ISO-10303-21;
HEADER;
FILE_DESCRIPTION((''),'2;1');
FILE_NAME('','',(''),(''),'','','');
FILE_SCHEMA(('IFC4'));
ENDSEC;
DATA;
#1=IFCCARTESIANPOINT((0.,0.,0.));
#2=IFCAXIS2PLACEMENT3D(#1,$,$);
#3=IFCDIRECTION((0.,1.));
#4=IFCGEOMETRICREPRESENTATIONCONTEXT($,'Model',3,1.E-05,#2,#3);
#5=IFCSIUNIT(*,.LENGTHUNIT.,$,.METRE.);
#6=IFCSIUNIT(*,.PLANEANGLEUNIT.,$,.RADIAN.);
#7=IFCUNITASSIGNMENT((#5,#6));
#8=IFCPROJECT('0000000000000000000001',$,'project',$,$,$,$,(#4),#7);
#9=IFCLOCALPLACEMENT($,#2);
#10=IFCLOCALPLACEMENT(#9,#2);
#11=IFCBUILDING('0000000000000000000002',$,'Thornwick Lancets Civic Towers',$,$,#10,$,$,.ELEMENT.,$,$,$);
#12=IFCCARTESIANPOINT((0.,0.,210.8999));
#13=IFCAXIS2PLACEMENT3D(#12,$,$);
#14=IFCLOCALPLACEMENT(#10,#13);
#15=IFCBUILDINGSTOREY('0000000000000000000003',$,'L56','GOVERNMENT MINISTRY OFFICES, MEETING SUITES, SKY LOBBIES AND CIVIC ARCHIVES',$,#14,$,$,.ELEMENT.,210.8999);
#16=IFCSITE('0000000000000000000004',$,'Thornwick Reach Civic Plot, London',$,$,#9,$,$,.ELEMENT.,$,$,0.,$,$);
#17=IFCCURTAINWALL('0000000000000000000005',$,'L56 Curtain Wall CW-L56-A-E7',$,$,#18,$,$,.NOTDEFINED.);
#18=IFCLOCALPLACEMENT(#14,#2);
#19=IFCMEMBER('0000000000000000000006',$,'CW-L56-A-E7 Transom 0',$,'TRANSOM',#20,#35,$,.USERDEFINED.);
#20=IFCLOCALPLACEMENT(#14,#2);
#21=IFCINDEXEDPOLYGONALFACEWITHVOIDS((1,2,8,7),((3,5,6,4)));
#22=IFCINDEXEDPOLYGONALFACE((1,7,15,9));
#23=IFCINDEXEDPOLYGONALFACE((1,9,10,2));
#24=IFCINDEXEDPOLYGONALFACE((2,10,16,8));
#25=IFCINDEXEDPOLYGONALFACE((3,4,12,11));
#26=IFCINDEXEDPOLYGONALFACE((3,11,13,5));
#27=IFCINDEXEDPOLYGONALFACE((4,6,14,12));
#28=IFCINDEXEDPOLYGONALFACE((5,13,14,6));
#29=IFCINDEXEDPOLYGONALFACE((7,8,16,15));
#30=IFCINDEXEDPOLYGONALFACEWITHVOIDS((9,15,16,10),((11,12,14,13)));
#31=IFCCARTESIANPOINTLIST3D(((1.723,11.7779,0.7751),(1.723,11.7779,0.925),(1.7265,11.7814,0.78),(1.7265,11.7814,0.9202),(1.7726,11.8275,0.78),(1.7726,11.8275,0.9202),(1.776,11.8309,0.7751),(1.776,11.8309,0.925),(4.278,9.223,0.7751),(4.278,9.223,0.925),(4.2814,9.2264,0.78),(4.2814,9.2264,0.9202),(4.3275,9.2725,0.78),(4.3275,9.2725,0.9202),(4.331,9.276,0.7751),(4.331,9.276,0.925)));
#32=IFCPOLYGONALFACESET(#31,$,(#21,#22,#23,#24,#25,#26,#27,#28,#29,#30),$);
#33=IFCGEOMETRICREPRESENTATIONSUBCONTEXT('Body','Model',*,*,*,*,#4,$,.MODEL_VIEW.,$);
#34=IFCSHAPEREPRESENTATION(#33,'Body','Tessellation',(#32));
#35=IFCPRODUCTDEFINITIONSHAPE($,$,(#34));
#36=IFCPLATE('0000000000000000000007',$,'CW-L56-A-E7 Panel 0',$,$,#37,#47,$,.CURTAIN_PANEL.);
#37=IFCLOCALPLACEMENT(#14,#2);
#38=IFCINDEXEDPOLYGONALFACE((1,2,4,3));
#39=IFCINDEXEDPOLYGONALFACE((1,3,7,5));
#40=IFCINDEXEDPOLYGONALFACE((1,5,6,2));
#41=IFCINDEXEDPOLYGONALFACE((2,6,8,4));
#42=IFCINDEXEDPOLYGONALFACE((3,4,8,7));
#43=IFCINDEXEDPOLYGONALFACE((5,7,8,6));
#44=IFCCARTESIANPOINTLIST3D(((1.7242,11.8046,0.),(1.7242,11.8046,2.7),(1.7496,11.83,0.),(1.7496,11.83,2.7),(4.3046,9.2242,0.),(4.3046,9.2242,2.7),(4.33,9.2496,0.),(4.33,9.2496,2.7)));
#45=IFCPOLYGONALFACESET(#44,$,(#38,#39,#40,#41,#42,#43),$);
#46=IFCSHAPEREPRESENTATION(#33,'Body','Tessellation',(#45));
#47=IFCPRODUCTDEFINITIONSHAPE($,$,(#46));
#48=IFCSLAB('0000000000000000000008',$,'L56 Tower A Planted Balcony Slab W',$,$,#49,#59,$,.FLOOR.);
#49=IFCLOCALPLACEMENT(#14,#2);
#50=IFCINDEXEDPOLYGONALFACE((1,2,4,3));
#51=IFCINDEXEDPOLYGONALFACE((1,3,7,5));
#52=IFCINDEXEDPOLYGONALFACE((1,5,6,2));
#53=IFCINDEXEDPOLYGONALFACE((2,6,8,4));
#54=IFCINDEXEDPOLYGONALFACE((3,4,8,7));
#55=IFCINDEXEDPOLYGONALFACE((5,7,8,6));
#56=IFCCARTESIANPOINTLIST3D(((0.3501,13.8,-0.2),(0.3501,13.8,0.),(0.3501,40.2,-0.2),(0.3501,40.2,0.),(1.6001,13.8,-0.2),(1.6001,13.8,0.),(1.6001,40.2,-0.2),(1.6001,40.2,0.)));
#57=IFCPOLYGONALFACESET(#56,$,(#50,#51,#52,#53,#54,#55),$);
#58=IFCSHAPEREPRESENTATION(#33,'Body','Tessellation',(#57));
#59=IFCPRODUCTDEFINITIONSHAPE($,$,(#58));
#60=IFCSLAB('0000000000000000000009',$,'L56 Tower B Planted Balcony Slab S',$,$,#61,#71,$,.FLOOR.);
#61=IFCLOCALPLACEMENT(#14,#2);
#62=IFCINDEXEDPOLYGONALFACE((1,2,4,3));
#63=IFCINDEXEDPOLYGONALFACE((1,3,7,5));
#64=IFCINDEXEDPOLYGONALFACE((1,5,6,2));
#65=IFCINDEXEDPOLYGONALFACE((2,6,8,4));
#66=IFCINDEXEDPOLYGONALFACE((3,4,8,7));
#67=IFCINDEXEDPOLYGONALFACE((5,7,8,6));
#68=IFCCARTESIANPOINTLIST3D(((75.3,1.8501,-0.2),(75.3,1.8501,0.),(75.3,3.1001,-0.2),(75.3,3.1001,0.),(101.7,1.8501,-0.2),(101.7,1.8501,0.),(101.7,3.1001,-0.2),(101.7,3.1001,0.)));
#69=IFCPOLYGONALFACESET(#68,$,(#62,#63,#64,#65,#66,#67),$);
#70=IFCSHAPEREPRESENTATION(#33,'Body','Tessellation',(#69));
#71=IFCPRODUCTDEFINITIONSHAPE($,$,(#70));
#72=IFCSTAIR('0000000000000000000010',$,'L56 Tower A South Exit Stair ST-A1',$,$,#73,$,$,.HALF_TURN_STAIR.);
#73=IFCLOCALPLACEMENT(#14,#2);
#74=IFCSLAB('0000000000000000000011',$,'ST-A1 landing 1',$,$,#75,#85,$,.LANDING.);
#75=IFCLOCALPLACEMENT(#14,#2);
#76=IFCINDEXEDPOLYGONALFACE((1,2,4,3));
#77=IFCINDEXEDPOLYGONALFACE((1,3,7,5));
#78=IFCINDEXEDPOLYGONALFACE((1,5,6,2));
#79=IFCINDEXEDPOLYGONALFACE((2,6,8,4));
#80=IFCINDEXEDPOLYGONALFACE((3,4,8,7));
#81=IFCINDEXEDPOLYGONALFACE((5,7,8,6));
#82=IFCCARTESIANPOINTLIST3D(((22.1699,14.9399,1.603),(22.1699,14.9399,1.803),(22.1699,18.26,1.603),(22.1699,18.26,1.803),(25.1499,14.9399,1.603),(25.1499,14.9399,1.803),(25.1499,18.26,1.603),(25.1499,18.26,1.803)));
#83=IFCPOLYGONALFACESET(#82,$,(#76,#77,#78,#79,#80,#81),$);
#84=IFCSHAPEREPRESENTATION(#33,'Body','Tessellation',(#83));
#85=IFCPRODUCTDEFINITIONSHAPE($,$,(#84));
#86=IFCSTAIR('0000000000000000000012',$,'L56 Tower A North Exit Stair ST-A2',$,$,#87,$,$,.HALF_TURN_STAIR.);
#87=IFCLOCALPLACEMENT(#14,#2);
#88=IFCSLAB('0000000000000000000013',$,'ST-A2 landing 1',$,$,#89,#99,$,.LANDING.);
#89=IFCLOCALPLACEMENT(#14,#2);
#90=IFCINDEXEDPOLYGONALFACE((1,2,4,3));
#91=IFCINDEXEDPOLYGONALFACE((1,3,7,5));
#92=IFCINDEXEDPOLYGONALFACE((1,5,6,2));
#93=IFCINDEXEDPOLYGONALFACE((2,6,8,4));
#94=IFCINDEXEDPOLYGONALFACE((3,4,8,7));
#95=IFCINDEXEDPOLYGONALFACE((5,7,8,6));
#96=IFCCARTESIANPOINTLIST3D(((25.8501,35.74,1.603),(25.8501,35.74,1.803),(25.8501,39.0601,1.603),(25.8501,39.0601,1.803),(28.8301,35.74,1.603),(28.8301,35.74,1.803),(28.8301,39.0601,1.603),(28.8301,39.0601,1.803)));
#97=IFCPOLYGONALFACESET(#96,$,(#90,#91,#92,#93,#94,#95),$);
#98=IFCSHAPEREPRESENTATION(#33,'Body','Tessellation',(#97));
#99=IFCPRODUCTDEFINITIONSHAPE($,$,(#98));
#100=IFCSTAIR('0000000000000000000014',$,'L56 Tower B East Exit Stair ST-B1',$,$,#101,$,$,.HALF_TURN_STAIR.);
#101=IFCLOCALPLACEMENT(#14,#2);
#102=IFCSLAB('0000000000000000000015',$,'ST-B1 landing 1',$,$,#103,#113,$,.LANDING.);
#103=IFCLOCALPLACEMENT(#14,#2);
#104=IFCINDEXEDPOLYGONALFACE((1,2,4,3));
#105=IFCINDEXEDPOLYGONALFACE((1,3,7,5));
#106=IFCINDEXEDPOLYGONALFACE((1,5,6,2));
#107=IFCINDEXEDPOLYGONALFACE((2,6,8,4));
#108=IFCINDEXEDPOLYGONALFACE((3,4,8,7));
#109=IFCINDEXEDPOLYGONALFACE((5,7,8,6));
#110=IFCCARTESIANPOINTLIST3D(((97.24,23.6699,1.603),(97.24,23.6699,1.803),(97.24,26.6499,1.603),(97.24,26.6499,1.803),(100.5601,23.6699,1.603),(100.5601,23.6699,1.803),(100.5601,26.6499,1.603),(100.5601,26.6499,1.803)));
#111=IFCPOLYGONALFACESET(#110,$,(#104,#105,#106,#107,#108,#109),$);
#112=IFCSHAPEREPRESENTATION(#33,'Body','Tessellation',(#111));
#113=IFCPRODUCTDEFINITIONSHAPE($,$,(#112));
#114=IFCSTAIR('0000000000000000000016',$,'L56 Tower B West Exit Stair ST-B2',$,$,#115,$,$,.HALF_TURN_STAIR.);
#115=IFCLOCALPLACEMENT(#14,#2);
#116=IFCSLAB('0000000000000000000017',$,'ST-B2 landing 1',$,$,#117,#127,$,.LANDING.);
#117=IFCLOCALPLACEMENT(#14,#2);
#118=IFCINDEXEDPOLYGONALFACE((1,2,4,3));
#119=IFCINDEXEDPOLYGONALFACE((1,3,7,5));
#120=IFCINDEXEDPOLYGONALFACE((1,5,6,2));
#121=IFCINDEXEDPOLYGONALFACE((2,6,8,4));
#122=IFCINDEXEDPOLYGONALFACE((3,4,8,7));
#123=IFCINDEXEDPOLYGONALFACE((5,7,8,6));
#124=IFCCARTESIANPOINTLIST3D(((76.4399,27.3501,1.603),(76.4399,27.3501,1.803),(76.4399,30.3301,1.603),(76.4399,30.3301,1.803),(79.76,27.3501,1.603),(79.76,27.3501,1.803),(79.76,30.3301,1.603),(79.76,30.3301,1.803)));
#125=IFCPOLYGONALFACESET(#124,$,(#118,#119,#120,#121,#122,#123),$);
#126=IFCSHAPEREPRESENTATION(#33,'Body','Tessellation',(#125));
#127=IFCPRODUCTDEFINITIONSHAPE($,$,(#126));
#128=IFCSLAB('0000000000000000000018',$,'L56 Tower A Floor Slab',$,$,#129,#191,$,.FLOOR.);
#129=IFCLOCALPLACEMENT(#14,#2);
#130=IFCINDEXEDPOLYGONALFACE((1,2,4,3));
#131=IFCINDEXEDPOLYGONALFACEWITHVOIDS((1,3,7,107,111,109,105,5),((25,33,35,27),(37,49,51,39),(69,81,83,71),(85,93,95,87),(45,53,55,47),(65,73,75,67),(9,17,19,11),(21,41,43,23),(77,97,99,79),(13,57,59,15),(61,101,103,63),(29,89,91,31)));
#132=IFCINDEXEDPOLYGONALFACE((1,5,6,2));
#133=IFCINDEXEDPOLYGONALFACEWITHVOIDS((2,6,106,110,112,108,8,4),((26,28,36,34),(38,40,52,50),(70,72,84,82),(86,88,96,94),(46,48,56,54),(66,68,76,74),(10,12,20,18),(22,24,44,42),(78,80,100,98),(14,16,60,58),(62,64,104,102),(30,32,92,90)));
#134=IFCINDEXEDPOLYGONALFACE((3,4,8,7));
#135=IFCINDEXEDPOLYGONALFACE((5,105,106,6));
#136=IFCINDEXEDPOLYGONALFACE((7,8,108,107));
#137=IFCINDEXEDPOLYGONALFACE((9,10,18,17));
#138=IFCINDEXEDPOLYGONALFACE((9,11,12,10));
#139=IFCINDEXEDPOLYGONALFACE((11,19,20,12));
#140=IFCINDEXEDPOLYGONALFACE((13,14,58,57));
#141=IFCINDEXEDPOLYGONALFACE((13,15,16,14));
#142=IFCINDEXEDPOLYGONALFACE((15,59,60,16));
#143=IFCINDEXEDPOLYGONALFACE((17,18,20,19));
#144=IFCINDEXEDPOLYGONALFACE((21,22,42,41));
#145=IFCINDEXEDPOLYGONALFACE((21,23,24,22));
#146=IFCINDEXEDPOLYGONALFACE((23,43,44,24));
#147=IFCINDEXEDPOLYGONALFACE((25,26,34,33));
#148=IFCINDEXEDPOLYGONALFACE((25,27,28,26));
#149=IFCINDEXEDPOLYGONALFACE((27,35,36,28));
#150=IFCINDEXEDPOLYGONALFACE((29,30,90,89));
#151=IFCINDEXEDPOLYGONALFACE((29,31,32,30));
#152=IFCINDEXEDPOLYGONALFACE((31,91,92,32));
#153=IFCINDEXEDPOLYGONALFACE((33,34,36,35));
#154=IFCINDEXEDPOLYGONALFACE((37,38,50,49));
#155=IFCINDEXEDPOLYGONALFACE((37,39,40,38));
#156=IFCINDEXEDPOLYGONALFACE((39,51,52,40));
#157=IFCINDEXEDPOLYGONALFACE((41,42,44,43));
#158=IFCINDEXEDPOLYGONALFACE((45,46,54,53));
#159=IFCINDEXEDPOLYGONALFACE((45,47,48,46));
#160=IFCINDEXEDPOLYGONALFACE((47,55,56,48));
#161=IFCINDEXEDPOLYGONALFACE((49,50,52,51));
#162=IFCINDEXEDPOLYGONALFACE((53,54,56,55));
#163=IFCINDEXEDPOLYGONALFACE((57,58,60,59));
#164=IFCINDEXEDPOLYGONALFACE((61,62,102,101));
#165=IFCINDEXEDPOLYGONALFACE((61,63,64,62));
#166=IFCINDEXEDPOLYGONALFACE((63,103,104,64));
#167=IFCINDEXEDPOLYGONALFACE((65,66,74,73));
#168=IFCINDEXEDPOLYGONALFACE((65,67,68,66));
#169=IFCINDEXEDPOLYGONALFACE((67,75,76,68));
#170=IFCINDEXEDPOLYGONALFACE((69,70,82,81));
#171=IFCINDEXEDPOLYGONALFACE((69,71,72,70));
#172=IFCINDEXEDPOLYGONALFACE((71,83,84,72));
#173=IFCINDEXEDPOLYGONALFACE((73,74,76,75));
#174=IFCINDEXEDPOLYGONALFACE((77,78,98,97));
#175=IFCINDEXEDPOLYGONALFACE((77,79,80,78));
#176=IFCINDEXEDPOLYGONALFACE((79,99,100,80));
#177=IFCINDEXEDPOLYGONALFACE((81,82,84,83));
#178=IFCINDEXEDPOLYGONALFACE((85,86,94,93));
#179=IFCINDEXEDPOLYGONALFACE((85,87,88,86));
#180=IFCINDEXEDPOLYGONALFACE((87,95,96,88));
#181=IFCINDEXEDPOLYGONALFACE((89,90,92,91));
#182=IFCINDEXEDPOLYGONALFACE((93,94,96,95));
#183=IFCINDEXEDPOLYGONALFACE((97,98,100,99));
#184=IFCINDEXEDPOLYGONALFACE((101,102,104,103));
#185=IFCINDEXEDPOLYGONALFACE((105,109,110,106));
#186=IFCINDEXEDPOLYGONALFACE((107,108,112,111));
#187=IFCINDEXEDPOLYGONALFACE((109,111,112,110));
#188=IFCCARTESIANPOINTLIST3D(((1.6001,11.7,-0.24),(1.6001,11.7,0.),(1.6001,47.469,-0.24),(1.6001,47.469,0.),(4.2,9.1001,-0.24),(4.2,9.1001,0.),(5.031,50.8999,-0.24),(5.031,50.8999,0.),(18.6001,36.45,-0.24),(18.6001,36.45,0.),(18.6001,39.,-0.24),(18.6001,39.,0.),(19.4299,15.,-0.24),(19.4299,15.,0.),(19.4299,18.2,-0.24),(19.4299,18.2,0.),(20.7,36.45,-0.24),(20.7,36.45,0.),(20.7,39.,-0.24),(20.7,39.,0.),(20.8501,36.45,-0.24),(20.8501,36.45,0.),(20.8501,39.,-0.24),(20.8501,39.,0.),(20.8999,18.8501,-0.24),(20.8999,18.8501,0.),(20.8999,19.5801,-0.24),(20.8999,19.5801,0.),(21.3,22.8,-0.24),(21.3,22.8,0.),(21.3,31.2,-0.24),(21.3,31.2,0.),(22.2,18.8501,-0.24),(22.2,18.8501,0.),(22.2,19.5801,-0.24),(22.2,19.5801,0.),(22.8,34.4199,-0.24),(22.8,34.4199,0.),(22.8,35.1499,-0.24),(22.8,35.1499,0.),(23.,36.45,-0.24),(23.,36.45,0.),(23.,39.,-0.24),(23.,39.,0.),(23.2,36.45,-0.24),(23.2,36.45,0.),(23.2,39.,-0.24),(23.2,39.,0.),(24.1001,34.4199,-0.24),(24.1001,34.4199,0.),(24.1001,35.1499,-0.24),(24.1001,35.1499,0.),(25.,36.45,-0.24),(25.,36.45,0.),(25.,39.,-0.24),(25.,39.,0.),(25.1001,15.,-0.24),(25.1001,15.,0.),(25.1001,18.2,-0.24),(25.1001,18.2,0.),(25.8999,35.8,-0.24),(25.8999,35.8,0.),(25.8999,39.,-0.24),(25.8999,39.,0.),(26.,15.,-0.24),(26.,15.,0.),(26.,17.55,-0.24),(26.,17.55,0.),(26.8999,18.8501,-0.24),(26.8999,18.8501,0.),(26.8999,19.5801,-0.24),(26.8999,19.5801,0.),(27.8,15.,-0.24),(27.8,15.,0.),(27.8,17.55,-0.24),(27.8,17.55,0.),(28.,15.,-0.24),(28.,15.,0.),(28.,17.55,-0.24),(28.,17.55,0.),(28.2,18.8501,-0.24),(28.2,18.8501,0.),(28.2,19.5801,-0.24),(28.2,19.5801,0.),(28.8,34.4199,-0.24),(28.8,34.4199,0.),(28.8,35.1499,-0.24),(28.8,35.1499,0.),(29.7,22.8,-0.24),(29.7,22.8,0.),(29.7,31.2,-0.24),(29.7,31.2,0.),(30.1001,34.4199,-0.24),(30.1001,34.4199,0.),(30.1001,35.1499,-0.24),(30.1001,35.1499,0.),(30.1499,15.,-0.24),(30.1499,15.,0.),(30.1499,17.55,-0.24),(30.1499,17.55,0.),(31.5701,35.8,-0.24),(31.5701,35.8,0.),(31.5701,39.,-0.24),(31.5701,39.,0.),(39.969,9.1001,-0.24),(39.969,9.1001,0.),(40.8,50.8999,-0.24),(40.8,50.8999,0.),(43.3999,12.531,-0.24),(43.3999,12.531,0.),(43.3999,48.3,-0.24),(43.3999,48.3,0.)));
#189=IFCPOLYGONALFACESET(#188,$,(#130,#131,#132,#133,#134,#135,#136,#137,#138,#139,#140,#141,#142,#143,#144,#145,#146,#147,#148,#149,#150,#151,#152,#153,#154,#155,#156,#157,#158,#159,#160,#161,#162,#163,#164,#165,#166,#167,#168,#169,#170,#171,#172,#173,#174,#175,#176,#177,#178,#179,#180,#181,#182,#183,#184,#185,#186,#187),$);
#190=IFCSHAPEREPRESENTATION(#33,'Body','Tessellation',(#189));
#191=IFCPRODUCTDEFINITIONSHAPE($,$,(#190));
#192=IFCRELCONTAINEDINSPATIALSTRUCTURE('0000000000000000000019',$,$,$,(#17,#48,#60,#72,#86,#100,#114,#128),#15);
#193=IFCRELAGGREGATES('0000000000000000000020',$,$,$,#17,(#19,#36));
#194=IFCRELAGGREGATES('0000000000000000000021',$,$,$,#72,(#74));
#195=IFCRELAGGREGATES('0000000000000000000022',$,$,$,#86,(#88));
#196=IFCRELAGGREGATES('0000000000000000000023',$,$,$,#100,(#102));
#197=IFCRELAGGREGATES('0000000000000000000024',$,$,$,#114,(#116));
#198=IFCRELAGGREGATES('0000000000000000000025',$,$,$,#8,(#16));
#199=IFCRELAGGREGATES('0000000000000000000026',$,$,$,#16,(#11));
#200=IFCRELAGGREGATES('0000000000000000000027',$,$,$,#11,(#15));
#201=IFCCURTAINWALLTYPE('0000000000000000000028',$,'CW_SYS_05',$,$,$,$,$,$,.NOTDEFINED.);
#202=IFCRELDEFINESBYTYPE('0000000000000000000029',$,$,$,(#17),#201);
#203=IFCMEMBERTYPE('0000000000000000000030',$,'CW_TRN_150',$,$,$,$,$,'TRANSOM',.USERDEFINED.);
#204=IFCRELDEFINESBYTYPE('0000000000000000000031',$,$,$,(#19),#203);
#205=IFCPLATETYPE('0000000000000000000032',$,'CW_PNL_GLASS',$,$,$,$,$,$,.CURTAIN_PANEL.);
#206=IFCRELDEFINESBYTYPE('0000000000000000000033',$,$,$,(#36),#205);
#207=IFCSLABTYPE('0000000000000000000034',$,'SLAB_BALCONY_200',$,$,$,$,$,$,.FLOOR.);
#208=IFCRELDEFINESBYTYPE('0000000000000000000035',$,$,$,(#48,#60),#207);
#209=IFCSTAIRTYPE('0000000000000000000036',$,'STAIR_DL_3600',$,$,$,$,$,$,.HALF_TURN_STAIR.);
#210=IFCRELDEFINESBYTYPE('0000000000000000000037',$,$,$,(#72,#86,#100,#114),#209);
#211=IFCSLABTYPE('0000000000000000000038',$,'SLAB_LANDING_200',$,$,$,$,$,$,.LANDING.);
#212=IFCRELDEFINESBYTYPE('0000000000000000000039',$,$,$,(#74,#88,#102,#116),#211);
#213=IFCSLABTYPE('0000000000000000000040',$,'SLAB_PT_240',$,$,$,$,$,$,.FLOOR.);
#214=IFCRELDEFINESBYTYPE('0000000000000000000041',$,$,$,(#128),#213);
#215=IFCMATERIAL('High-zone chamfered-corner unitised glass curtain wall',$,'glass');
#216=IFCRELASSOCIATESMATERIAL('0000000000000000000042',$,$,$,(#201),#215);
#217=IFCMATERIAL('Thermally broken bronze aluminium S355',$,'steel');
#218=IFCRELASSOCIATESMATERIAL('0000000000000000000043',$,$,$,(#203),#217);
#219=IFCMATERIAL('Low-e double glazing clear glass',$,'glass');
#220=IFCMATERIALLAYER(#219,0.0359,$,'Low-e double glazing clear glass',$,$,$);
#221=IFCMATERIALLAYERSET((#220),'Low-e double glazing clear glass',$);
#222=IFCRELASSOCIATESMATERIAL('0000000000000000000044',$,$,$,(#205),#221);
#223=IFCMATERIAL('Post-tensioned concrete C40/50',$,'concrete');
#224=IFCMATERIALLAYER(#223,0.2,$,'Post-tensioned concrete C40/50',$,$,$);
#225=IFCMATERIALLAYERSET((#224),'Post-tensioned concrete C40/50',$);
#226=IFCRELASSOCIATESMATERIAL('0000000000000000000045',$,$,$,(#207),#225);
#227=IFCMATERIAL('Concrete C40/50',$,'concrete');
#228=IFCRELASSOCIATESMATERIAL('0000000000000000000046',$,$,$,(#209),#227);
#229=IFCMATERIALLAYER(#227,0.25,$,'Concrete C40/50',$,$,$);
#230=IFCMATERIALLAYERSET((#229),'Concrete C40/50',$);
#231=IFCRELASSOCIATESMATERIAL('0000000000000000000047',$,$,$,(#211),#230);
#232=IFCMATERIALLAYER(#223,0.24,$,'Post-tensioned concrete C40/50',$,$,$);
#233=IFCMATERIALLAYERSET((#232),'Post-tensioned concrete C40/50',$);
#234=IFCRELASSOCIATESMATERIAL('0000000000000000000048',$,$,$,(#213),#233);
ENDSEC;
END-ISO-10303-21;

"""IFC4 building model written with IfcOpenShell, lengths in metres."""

from ifc_helpers import new_model, si_unit, direction, frame, origin, origin_2d, place, context, subcontext, project, spatial, polyline, rectangle, hollow_rectangle, outline, extrude, material, layer, layer_set, material_profile, profile_set, type_object, element, aggregate, save


model = new_model("IFC4")

# Units and contexts
model_context = context("Model", 3, precision=1e-05, world=origin(), true_north=direction((0.0, 1.0)))
body_context = subcontext(model_context, "Body", "Model", "MODEL_VIEW")
ifc_project = project(units=[si_unit("LENGTHUNIT", "METRE"), si_unit("PLANEANGLEUNIT", "RADIAN")], contexts=[model_context])

# Site, building, storey
site_placement = place(None, origin())
site = spatial("IfcSite", under=ifc_project, at=site_placement, Name="Thornwick Reach Civic Plot, London", CompositionType="ELEMENT", RefElevation=0.0)
building_placement = place(site_placement, origin())
building = spatial("IfcBuilding", under=site, at=building_placement, Name="Thornwick Lancets Civic Towers", CompositionType="ELEMENT")
storey_placement = place(building_placement, frame((0.0, 0.0, 210.8999)))
storey = spatial("IfcBuildingStorey", under=building, at=storey_placement, Name="L56", Description="GOVERNMENT MINISTRY OFFICES, MEETING SUITES, SKY LOBBIES AND CIVIC ARCHIVES", CompositionType="ELEMENT", Elevation=210.8999)

# Curtain wall, member, plate
ifc_material_1 = material(Name="High-zone chamfered-corner unitised glass curtain wall", Category="glass")
curtain_wall_type = type_object("IfcCurtainWallType", Name="CW_SYS_05", PredefinedType="NOTDEFINED", material=ifc_material_1)
curtain_wall_placement = place(storey_placement, origin())
curtain_wall = element("IfcCurtainWall", 1, at=curtain_wall_placement, inside=storey, type_object=curtain_wall_type, Name="L56 Curtain Wall CW-L56-A-E7", PredefinedType="NOTDEFINED")
ifc_material_2 = material(Name="Thermally broken bronze aluminium S355", Category="steel")
ifc_material_profile_1 = material_profile(ifc_material_2, hollow_rectangle(XDim=0.075, YDim=0.1499, WallThickness=0.0049, at=origin_2d()), Name="RHS 150x75x5")
ifc_profile_set_1 = profile_set([ifc_material_profile_1], Name="Thermally broken bronze aluminium S355")
member_type_1 = type_object("IfcMemberType", Name="CW_TRN_150", ElementType="TRANSOM", PredefinedType="USERDEFINED", material=ifc_profile_set_1)
member_1_placement = place(storey_placement, frame((1.7495, 11.8044, 0.8501), z_axis=(0.707107, -0.707107, 0.0), x_axis=(0.707107, 0.707107, 0.0)))
member_1 = element("IfcMember", 2, at=member_1_placement, type_object=member_type_1, Name="CW-L56-A-E7 Transom 0", ObjectType="TRANSOM", PredefinedType="USERDEFINED", context=body_context, shape_type="SweptSolid", body=[
    extrude(hollow_rectangle(XDim=0.075, YDim=0.1499, WallThickness=0.0049, at=origin_2d()), origin(), (0.0, 0.0, 1.0), 3.6133),
])
ifc_material_3 = material(Name="Low-e double glazing clear glass", Category="glass")
ifc_layer_1 = layer(ifc_material_3, 0.0359, Name="Low-e double glazing clear glass")
ifc_layer_set_1 = layer_set([ifc_layer_1], Name="Low-e double glazing clear glass")
plate_type = type_object("IfcPlateType", Name="CW_PNL_GLASS", PredefinedType="CURTAIN_PANEL", material=ifc_layer_set_1)
plate_placement = place(storey_placement, frame((3.0271, 10.5271, 0.0), z_axis=(0.0, 0.0, 1.0), x_axis=(0.707107, -0.707107, 0.0)))
plate = element("IfcPlate", 3, at=plate_placement, type_object=plate_type, Name="CW-L56-A-E7 Panel 0", PredefinedType="CURTAIN_PANEL", context=body_context, shape_type="SweptSolid", body=[
    extrude(rectangle(XDim=3.6492, YDim=0.0359, at=origin_2d()), origin(), (0.0, 0.0, 1.0), 2.7),
])
aggregate(curtain_wall, [member_1, plate])

# Slabs
ifc_material_4 = material(Name="Post-tensioned concrete C40/50", Category="concrete")
ifc_layer_2 = layer(ifc_material_4, 0.2, Name="Post-tensioned concrete C40/50")
ifc_layer_set_2 = layer_set([ifc_layer_2], Name="Post-tensioned concrete C40/50")
slab_type_1 = type_object("IfcSlabType", Name="SLAB_BALCONY_200", PredefinedType="FLOOR", material=ifc_layer_set_2)
slab_1_placement = place(storey_placement, frame((0.0, 0.0, -0.2)))
element("IfcSlab", 4, at=slab_1_placement, inside=storey, type_object=slab_type_1, Name="L56 Tower A Planted Balcony Slab W", PredefinedType="FLOOR", context=body_context, shape_type="SweptSolid", body=[
    extrude(outline(polyline([(0.3501, 13.8), (1.6001, 13.8), (1.6001, 40.2), (0.3501, 40.2), (0.3501, 13.8)])), origin(), (0.0, 0.0, 1.0), 0.2),
])
slab_2_placement = place(storey_placement, frame((0.0, 0.0, -0.2)))
element("IfcSlab", 5, at=slab_2_placement, inside=storey, type_object=slab_type_1, Name="L56 Tower B Planted Balcony Slab S", PredefinedType="FLOOR", context=body_context, shape_type="SweptSolid", body=[
    extrude(outline(polyline([(75.3, 1.8501), (101.7, 1.8501), (101.7, 3.1001), (75.3, 3.1001), (75.3, 1.8501)])), origin(), (0.0, 0.0, 1.0), 0.2),
])

# Stairs, slabs
ifc_material_5 = material(Name="Concrete C40/50", Category="concrete")
stair_type = type_object("IfcStairType", Name="STAIR_DL_3600", PredefinedType="HALF_TURN_STAIR", material=ifc_material_5)
stair_1_placement = place(storey_placement, origin())
stair_1 = element("IfcStair", 6, at=stair_1_placement, inside=storey, type_object=stair_type, Name="L56 Tower A South Exit Stair ST-A1", PredefinedType="HALF_TURN_STAIR")
ifc_layer_3 = layer(ifc_material_5, 0.25, Name="Concrete C40/50")
ifc_layer_set_3 = layer_set([ifc_layer_3], Name="Concrete C40/50")
slab_type_2 = type_object("IfcSlabType", Name="SLAB_LANDING_200", PredefinedType="LANDING", material=ifc_layer_set_3)
slab_3_placement = place(storey_placement, frame((0.0, 0.0, 1.603)))
slab_3 = element("IfcSlab", 7, at=slab_3_placement, type_object=slab_type_2, Name="ST-A1 landing 1", PredefinedType="LANDING", context=body_context, shape_type="SweptSolid", body=[
    extrude(outline(polyline([(22.1699, 14.9399), (25.1499, 14.9399), (25.1499, 18.26), (22.1699, 18.26), (22.1699, 14.9399)])), origin(), (0.0, 0.0, 1.0), 0.2),
])
aggregate(stair_1, [slab_3])
stair_2_placement = place(storey_placement, origin())
stair_2 = element("IfcStair", 8, at=stair_2_placement, inside=storey, type_object=stair_type, Name="L56 Tower A North Exit Stair ST-A2", PredefinedType="HALF_TURN_STAIR")
slab_4_placement = place(storey_placement, frame((0.0, 0.0, 1.603)))
slab_4 = element("IfcSlab", 9, at=slab_4_placement, type_object=slab_type_2, Name="ST-A2 landing 1", PredefinedType="LANDING", context=body_context, shape_type="SweptSolid", body=[
    extrude(outline(polyline([(28.8301, 39.0601), (25.8501, 39.0601), (25.8501, 35.74), (28.8301, 35.74), (28.8301, 39.0601)])), origin(), (0.0, 0.0, 1.0), 0.2),
])
aggregate(stair_2, [slab_4])
stair_3_placement = place(storey_placement, origin())
stair_3 = element("IfcStair", 10, at=stair_3_placement, inside=storey, type_object=stair_type, Name="L56 Tower B East Exit Stair ST-B1", PredefinedType="HALF_TURN_STAIR")
slab_5_placement = place(storey_placement, frame((0.0, 0.0, 1.603)))
slab_5 = element("IfcSlab", 11, at=slab_5_placement, type_object=slab_type_2, Name="ST-B1 landing 1", PredefinedType="LANDING", context=body_context, shape_type="SweptSolid", body=[
    extrude(outline(polyline([(100.5601, 23.6699), (100.5601, 26.6499), (97.24, 26.6499), (97.24, 23.6699), (100.5601, 23.6699)])), origin(), (0.0, 0.0, 1.0), 0.2),
])
aggregate(stair_3, [slab_5])
stair_4_placement = place(storey_placement, origin())
stair_4 = element("IfcStair", 12, at=stair_4_placement, inside=storey, type_object=stair_type, Name="L56 Tower B West Exit Stair ST-B2", PredefinedType="HALF_TURN_STAIR")
slab_6_placement = place(storey_placement, frame((0.0, 0.0, 1.603)))
slab_6 = element("IfcSlab", 13, at=slab_6_placement, type_object=slab_type_2, Name="ST-B2 landing 1", PredefinedType="LANDING", context=body_context, shape_type="SweptSolid", body=[
    extrude(outline(polyline([(76.4399, 30.3301), (76.4399, 27.3501), (79.76, 27.3501), (79.76, 30.3301), (76.4399, 30.3301)])), origin(), (0.0, 0.0, 1.0), 0.2),
])
aggregate(stair_4, [slab_6])

# Slab
ifc_layer_4 = layer(ifc_material_4, 0.24, Name="Post-tensioned concrete C40/50")
ifc_layer_set_4 = layer_set([ifc_layer_4], Name="Post-tensioned concrete C40/50")
slab_type_3 = type_object("IfcSlabType", Name="SLAB_PT_240", PredefinedType="FLOOR", material=ifc_layer_set_4)
slab_7_placement = place(storey_placement, frame((0.0, 0.0, -0.24)))
element("IfcSlab", 14, at=slab_7_placement, inside=storey, type_object=slab_type_3, Name="L56 Tower A Floor Slab", PredefinedType="FLOOR", context=body_context, shape_type="SweptSolid", body=[
    extrude(outline(polyline([(4.2, 9.1001), (39.969, 9.1001), (43.3999, 12.531), (43.3999, 48.3), (40.8, 50.8999), (5.031, 50.8999), (1.6001, 47.469), (1.6001, 11.7), (4.2, 9.1001)]), holes=[polyline([(21.3, 22.8), (29.7, 22.8), (29.7, 31.2), (21.3, 31.2), (21.3, 22.8)]), polyline([(19.4299, 15.0), (25.1001, 15.0), (25.1001, 18.2), (19.4299, 18.2), (19.4299, 15.0)]), polyline([(31.5701, 39.0), (25.8999, 39.0), (25.8999, 35.8), (31.5701, 35.8), (31.5701, 39.0)]), polyline([(26.0, 15.0), (27.8, 15.0), (27.8, 17.55), (26.0, 17.55), (26.0, 15.0)]), polyline([(28.0, 15.0), (30.1499, 15.0), (30.1499, 17.55), (28.0, 17.55), (28.0, 15.0)]), polyline([(23.2, 36.45), (25.0, 36.45), (25.0, 39.0), (23.2, 39.0), (23.2, 36.45)]), polyline([(20.8501, 36.45), (23.0, 36.45), (23.0, 39.0), (20.8501, 39.0), (20.8501, 36.45)]), polyline([(18.6001, 36.45), (20.7, 36.45), (20.7, 39.0), (18.6001, 39.0), (18.6001, 36.45)]), polyline([(26.8999, 18.8501), (28.2, 18.8501), (28.2, 19.5801), (26.8999, 19.5801), (26.8999, 18.8501)]), polyline([(20.8999, 18.8501), (22.2, 18.8501), (22.2, 19.5801), (20.8999, 19.5801), (20.8999, 18.8501)]), polyline([(22.8, 34.4199), (24.1001, 34.4199), (24.1001, 35.1499), (22.8, 35.1499), (22.8, 34.4199)]), polyline([(28.8, 34.4199), (30.1001, 34.4199), (30.1001, 35.1499), (28.8, 35.1499), (28.8, 34.4199)])]), origin(), (0.0, 0.0, 1.0), 0.24),
])

save(model, "model.ifc")
